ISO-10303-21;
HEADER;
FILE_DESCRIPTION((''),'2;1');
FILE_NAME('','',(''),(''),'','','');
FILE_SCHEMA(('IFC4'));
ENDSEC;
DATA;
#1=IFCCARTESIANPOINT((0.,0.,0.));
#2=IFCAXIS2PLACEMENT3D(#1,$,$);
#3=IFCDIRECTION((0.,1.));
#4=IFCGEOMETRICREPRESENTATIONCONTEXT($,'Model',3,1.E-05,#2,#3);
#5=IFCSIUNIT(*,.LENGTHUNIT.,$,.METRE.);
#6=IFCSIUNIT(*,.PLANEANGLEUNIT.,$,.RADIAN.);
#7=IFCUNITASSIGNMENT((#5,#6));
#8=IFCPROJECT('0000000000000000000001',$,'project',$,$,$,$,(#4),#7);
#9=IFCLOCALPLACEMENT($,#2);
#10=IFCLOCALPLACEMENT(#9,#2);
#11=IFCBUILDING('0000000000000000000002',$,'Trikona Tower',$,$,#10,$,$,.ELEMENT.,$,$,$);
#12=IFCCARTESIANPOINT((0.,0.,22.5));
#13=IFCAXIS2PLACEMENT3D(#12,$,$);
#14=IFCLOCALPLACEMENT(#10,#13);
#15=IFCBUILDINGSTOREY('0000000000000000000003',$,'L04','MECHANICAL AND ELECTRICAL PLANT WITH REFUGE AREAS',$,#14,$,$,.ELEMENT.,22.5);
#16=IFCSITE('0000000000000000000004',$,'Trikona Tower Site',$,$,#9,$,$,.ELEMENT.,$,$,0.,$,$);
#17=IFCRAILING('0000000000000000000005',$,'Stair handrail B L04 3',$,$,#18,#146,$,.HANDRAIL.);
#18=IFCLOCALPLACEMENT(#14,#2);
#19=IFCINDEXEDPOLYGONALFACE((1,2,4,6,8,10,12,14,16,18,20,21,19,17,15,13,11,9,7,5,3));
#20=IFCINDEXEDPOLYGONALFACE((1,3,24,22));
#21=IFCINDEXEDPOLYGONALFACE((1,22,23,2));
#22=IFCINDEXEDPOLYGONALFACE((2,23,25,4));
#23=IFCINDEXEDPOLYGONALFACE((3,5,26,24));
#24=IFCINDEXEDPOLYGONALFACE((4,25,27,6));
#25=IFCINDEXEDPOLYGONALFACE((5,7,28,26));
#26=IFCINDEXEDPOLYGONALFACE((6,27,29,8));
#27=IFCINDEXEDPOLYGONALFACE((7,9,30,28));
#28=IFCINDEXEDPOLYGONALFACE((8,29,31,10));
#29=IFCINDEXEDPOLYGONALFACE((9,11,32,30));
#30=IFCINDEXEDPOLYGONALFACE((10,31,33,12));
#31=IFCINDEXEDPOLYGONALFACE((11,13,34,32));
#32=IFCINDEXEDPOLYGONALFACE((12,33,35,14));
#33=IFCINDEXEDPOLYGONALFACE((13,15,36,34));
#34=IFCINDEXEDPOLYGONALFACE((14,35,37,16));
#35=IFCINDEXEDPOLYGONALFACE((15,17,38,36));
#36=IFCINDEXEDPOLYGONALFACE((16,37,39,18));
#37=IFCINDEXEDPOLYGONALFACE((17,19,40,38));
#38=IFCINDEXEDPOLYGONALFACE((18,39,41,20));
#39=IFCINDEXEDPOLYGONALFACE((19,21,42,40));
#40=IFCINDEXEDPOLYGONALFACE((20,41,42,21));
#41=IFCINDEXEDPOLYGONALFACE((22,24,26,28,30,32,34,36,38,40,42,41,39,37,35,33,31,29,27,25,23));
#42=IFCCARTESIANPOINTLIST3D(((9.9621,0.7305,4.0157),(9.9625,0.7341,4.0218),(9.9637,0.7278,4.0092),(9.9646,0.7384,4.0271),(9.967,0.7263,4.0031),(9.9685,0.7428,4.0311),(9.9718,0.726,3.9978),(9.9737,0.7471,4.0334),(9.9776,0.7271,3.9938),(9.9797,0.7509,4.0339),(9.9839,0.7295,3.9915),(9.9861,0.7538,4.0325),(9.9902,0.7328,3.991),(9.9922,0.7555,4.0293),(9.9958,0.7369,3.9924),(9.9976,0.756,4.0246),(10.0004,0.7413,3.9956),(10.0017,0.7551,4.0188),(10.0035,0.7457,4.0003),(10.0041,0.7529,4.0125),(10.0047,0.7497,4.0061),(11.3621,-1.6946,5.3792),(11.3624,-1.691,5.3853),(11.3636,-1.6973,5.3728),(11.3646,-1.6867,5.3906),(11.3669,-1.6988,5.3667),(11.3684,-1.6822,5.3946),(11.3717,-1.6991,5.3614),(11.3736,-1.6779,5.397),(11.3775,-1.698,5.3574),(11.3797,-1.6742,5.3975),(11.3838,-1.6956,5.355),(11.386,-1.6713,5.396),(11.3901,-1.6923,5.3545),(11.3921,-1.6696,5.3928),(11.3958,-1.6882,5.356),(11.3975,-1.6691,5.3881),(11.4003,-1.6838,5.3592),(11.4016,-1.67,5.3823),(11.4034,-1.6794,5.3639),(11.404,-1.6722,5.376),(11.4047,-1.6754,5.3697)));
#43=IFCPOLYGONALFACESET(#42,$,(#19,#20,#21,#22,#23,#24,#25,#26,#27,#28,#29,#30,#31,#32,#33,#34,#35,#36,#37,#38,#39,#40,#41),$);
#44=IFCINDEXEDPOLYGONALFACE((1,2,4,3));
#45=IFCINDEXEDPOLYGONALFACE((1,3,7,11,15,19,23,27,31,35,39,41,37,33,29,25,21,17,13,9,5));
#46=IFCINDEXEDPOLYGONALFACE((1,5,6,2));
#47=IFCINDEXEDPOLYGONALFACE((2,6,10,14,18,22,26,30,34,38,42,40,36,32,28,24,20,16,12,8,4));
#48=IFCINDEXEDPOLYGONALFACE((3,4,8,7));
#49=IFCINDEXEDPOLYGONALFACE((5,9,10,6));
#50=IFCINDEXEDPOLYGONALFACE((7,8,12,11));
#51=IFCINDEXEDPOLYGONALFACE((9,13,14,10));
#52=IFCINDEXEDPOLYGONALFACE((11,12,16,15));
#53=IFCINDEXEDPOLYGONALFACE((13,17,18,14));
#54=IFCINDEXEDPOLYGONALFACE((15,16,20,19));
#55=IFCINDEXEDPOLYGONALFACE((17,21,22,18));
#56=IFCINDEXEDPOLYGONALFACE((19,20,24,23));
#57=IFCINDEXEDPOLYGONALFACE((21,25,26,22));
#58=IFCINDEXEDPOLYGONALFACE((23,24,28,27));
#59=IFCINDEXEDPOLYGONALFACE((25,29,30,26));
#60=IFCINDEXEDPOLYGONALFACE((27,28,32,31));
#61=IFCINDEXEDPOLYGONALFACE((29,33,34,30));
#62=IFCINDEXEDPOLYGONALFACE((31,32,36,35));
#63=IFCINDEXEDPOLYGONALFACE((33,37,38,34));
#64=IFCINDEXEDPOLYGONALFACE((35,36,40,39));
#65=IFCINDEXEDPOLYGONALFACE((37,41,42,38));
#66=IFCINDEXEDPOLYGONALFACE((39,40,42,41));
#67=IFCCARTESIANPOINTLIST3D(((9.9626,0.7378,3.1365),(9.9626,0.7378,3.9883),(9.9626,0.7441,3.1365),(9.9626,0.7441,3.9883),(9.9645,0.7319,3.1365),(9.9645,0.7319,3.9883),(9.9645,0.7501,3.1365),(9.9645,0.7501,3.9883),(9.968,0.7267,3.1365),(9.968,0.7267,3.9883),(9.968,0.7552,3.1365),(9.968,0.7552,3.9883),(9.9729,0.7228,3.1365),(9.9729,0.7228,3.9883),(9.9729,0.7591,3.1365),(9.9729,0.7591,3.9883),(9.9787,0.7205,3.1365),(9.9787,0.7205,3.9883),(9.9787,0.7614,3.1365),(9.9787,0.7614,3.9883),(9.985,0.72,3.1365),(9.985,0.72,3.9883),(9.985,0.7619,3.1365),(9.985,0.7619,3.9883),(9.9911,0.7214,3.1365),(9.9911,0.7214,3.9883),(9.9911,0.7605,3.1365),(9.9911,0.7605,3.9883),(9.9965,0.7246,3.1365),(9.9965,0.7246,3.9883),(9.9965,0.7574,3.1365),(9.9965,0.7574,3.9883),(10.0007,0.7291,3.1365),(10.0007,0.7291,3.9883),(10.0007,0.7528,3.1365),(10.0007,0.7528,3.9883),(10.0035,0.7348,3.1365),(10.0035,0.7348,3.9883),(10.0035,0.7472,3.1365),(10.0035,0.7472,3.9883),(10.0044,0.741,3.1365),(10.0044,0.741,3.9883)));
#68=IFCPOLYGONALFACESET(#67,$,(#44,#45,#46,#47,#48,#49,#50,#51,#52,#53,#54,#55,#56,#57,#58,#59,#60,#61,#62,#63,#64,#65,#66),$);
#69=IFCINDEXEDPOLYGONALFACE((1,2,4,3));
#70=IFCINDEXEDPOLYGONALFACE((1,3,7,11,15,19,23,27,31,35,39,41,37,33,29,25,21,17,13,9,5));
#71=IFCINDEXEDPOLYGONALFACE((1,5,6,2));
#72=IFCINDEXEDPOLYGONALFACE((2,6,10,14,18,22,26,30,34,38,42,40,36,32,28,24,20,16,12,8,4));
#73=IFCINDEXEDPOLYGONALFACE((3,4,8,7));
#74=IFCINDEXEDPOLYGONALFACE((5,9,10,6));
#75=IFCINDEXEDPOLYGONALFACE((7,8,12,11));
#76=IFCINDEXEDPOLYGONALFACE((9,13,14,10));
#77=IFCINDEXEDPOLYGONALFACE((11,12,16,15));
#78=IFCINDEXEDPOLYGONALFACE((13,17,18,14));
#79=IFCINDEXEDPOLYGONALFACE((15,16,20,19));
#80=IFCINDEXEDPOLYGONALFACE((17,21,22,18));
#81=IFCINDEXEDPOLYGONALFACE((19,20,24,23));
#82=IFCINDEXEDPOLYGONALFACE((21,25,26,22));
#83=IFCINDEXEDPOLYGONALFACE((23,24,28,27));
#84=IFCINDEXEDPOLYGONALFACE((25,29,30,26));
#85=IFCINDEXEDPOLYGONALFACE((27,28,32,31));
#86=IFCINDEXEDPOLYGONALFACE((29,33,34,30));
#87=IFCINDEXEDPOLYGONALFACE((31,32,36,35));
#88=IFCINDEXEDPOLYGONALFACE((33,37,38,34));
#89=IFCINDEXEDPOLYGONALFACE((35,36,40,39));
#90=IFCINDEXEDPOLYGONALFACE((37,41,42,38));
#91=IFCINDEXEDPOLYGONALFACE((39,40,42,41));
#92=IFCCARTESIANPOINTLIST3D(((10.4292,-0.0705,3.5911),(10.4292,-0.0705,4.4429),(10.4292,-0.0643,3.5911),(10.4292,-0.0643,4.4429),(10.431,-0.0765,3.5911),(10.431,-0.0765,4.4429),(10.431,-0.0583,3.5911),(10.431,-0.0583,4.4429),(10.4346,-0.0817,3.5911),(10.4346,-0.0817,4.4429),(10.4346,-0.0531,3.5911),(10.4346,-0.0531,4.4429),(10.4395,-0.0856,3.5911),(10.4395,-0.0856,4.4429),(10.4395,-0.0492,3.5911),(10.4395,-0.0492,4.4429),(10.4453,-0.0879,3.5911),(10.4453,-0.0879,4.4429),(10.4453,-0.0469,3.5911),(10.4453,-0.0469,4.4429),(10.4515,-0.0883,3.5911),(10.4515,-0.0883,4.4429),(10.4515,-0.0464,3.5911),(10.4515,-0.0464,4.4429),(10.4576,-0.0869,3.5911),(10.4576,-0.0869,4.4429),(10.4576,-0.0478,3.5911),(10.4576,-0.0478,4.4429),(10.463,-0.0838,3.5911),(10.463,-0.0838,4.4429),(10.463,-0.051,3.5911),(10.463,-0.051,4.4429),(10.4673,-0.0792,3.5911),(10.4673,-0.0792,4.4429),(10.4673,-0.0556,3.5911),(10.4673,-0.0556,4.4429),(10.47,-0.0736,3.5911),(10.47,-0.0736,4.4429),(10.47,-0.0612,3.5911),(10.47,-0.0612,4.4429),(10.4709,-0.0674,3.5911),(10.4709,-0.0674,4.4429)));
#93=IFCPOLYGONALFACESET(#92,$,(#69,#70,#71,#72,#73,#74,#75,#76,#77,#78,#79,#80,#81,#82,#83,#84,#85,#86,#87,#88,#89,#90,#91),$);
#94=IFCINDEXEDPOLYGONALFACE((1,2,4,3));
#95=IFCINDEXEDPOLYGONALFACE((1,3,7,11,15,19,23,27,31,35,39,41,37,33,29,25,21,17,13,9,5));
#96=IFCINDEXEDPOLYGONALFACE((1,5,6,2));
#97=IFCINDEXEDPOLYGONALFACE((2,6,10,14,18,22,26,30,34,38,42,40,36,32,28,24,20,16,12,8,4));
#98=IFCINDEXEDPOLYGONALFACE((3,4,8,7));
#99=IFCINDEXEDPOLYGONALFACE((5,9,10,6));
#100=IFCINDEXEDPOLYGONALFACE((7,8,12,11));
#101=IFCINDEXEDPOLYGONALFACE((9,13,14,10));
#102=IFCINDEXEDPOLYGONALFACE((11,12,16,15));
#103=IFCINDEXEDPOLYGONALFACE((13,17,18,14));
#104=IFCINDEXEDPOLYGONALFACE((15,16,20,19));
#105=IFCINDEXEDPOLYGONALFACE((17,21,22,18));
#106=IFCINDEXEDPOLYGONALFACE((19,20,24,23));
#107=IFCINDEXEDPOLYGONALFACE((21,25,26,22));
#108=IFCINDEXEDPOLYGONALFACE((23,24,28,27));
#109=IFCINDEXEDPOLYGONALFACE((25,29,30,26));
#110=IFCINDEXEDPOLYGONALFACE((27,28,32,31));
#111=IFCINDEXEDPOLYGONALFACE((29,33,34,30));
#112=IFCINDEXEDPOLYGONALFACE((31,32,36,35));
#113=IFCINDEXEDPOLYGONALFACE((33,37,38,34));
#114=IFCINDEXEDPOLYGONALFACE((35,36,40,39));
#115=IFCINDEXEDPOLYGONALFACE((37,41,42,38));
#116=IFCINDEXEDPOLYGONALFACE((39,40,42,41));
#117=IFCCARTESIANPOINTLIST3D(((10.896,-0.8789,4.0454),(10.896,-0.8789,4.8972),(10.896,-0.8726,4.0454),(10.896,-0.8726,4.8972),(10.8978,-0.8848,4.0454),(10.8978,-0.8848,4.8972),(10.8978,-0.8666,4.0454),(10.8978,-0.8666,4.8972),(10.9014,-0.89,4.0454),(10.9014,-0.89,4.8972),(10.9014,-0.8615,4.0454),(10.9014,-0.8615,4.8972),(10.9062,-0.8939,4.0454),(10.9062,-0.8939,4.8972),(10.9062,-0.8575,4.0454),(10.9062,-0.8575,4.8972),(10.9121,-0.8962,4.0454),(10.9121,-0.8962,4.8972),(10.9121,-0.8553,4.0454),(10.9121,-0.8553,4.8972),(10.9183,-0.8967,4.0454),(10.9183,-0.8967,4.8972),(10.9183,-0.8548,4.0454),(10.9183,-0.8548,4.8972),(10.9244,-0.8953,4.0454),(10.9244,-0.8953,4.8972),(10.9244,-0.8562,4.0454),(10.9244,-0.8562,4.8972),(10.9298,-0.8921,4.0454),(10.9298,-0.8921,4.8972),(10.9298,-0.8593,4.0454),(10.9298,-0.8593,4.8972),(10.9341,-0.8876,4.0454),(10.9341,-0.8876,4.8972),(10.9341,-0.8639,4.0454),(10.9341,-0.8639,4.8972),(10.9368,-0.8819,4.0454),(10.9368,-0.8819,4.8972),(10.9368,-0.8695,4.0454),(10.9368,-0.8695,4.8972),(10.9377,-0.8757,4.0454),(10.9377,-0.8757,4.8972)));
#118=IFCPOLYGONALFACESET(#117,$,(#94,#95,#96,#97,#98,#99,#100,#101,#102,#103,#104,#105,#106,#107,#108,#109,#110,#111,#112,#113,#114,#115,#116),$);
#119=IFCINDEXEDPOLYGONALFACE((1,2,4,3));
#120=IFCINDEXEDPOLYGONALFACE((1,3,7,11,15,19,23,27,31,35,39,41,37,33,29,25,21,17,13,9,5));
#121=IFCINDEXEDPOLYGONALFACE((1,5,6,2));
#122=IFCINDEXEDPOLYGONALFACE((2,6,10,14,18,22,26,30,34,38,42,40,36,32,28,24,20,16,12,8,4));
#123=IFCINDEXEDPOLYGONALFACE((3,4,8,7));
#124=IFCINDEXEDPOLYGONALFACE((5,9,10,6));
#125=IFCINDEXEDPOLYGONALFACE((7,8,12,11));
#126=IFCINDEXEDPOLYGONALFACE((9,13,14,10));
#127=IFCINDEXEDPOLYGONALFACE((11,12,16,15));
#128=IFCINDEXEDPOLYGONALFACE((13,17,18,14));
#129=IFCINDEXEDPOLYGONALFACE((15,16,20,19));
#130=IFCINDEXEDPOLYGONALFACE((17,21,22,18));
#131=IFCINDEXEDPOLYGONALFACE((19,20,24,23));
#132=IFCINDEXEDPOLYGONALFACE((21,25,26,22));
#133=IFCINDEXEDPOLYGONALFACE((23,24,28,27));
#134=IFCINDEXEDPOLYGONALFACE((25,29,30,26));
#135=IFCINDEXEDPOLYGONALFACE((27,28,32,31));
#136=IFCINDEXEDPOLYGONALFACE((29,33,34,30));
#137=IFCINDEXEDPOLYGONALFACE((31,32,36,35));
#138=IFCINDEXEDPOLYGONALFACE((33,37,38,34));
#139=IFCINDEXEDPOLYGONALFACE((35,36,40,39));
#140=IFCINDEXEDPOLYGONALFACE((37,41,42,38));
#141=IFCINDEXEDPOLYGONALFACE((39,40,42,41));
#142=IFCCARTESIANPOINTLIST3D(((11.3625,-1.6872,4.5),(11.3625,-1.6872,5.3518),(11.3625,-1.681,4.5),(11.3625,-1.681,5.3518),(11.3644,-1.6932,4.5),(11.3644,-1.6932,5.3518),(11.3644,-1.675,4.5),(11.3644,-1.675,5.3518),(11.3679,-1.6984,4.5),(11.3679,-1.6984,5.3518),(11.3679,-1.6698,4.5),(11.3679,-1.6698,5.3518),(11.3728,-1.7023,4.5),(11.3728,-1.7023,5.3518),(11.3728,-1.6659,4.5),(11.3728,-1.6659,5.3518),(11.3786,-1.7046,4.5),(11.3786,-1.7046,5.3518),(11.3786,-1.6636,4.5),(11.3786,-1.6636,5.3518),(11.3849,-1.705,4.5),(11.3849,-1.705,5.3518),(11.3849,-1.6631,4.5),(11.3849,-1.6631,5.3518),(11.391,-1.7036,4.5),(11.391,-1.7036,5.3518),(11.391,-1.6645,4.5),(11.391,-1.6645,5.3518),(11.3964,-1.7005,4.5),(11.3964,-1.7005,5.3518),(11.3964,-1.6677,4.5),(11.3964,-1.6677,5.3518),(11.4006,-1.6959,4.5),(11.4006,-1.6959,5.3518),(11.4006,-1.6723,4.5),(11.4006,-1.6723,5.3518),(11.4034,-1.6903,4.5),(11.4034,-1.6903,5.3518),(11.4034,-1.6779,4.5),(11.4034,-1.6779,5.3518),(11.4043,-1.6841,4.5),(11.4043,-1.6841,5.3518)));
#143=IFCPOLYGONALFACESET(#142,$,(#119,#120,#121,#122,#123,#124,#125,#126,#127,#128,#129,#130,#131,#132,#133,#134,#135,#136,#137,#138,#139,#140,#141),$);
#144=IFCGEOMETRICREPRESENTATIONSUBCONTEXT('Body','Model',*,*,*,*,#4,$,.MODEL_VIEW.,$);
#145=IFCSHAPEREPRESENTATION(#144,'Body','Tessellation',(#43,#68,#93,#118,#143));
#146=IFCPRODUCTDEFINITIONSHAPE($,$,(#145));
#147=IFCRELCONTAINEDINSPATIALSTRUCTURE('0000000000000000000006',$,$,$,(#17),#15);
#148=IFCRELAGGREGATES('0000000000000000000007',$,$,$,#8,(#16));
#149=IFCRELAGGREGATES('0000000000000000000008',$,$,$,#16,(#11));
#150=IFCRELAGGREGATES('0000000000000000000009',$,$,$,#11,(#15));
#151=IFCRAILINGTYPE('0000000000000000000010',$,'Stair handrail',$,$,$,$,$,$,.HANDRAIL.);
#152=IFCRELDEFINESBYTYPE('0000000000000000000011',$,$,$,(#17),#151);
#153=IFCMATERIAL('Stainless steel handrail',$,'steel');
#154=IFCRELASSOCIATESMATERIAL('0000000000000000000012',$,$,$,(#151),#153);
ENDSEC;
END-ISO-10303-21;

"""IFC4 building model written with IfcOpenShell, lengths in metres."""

from ifc_helpers import new_model, si_unit, direction, frame, origin, origin_2d, place, context, subcontext, project, spatial, circle, extrude, material, type_object, element, save


model = new_model("IFC4")

# Units and contexts
model_context = context("Model", 3, precision=1e-05, world=origin(), true_north=direction((0.0, 1.0)))
body_context = subcontext(model_context, "Body", "Model", "MODEL_VIEW")
ifc_project = project(units=[si_unit("LENGTHUNIT", "METRE"), si_unit("PLANEANGLEUNIT", "RADIAN")], contexts=[model_context])

# Site, building, storey
site_placement = place(None, origin())
site = spatial("IfcSite", under=ifc_project, at=site_placement, Name="Trikona Tower Site", CompositionType="ELEMENT", RefElevation=0.0)
building_placement = place(site_placement, origin())
building = spatial("IfcBuilding", under=site, at=building_placement, Name="Trikona Tower", CompositionType="ELEMENT")
storey_placement = place(building_placement, frame((0.0, 0.0, 22.5)))
storey = spatial("IfcBuildingStorey", under=building, at=storey_placement, Name="L04", Description="MECHANICAL AND ELECTRICAL PLANT WITH REFUGE AREAS", CompositionType="ELEMENT", Elevation=22.5)

# Railing
ifc_material_1 = material(Name="Stainless steel handrail", Category="steel")
railing_type = type_object("IfcRailingType", Name="Stair handrail", PredefinedType="HANDRAIL", material=ifc_material_1)
for number, where, name in (
    (1, (9.9834, 0.741, 3.1365), "Stair handrail B L04 3"),
):
    element("IfcRailing", number, at=place(storey_placement, frame(where)), inside=storey, type_object=railing_type, Name=name, PredefinedType="HANDRAIL", context=body_context, shape_type="SweptSolid", body=[
        extrude(circle(Radius=0.0239, at=origin_2d()), frame((0.0, 0.0, 0.876), z_axis=(0.449486, -0.778645, 0.437806), x_axis=(0.866056, 0.499946, 0.0)), (0.0, 0.0, 1.0), 3.1145),
        extrude(circle(Radius=0.021, at=origin_2d()), origin(), (0.0, 0.0, 1.0), 0.8518),
        extrude(circle(Radius=0.021, at=origin_2d()), frame((0.4666, -0.8083, 0.4546)), (0.0, 0.0, 1.0), 0.8518),
        extrude(circle(Radius=0.021, at=origin_2d()), frame((0.9333, -1.6167, 0.9089)), (0.0, 0.0, 1.0), 0.8518),
        extrude(circle(Radius=0.021, at=origin_2d()), frame((1.3999, -2.425, 1.3635)), (0.0, 0.0, 1.0), 0.8518),
    ])

save(model, "model.ifc")
